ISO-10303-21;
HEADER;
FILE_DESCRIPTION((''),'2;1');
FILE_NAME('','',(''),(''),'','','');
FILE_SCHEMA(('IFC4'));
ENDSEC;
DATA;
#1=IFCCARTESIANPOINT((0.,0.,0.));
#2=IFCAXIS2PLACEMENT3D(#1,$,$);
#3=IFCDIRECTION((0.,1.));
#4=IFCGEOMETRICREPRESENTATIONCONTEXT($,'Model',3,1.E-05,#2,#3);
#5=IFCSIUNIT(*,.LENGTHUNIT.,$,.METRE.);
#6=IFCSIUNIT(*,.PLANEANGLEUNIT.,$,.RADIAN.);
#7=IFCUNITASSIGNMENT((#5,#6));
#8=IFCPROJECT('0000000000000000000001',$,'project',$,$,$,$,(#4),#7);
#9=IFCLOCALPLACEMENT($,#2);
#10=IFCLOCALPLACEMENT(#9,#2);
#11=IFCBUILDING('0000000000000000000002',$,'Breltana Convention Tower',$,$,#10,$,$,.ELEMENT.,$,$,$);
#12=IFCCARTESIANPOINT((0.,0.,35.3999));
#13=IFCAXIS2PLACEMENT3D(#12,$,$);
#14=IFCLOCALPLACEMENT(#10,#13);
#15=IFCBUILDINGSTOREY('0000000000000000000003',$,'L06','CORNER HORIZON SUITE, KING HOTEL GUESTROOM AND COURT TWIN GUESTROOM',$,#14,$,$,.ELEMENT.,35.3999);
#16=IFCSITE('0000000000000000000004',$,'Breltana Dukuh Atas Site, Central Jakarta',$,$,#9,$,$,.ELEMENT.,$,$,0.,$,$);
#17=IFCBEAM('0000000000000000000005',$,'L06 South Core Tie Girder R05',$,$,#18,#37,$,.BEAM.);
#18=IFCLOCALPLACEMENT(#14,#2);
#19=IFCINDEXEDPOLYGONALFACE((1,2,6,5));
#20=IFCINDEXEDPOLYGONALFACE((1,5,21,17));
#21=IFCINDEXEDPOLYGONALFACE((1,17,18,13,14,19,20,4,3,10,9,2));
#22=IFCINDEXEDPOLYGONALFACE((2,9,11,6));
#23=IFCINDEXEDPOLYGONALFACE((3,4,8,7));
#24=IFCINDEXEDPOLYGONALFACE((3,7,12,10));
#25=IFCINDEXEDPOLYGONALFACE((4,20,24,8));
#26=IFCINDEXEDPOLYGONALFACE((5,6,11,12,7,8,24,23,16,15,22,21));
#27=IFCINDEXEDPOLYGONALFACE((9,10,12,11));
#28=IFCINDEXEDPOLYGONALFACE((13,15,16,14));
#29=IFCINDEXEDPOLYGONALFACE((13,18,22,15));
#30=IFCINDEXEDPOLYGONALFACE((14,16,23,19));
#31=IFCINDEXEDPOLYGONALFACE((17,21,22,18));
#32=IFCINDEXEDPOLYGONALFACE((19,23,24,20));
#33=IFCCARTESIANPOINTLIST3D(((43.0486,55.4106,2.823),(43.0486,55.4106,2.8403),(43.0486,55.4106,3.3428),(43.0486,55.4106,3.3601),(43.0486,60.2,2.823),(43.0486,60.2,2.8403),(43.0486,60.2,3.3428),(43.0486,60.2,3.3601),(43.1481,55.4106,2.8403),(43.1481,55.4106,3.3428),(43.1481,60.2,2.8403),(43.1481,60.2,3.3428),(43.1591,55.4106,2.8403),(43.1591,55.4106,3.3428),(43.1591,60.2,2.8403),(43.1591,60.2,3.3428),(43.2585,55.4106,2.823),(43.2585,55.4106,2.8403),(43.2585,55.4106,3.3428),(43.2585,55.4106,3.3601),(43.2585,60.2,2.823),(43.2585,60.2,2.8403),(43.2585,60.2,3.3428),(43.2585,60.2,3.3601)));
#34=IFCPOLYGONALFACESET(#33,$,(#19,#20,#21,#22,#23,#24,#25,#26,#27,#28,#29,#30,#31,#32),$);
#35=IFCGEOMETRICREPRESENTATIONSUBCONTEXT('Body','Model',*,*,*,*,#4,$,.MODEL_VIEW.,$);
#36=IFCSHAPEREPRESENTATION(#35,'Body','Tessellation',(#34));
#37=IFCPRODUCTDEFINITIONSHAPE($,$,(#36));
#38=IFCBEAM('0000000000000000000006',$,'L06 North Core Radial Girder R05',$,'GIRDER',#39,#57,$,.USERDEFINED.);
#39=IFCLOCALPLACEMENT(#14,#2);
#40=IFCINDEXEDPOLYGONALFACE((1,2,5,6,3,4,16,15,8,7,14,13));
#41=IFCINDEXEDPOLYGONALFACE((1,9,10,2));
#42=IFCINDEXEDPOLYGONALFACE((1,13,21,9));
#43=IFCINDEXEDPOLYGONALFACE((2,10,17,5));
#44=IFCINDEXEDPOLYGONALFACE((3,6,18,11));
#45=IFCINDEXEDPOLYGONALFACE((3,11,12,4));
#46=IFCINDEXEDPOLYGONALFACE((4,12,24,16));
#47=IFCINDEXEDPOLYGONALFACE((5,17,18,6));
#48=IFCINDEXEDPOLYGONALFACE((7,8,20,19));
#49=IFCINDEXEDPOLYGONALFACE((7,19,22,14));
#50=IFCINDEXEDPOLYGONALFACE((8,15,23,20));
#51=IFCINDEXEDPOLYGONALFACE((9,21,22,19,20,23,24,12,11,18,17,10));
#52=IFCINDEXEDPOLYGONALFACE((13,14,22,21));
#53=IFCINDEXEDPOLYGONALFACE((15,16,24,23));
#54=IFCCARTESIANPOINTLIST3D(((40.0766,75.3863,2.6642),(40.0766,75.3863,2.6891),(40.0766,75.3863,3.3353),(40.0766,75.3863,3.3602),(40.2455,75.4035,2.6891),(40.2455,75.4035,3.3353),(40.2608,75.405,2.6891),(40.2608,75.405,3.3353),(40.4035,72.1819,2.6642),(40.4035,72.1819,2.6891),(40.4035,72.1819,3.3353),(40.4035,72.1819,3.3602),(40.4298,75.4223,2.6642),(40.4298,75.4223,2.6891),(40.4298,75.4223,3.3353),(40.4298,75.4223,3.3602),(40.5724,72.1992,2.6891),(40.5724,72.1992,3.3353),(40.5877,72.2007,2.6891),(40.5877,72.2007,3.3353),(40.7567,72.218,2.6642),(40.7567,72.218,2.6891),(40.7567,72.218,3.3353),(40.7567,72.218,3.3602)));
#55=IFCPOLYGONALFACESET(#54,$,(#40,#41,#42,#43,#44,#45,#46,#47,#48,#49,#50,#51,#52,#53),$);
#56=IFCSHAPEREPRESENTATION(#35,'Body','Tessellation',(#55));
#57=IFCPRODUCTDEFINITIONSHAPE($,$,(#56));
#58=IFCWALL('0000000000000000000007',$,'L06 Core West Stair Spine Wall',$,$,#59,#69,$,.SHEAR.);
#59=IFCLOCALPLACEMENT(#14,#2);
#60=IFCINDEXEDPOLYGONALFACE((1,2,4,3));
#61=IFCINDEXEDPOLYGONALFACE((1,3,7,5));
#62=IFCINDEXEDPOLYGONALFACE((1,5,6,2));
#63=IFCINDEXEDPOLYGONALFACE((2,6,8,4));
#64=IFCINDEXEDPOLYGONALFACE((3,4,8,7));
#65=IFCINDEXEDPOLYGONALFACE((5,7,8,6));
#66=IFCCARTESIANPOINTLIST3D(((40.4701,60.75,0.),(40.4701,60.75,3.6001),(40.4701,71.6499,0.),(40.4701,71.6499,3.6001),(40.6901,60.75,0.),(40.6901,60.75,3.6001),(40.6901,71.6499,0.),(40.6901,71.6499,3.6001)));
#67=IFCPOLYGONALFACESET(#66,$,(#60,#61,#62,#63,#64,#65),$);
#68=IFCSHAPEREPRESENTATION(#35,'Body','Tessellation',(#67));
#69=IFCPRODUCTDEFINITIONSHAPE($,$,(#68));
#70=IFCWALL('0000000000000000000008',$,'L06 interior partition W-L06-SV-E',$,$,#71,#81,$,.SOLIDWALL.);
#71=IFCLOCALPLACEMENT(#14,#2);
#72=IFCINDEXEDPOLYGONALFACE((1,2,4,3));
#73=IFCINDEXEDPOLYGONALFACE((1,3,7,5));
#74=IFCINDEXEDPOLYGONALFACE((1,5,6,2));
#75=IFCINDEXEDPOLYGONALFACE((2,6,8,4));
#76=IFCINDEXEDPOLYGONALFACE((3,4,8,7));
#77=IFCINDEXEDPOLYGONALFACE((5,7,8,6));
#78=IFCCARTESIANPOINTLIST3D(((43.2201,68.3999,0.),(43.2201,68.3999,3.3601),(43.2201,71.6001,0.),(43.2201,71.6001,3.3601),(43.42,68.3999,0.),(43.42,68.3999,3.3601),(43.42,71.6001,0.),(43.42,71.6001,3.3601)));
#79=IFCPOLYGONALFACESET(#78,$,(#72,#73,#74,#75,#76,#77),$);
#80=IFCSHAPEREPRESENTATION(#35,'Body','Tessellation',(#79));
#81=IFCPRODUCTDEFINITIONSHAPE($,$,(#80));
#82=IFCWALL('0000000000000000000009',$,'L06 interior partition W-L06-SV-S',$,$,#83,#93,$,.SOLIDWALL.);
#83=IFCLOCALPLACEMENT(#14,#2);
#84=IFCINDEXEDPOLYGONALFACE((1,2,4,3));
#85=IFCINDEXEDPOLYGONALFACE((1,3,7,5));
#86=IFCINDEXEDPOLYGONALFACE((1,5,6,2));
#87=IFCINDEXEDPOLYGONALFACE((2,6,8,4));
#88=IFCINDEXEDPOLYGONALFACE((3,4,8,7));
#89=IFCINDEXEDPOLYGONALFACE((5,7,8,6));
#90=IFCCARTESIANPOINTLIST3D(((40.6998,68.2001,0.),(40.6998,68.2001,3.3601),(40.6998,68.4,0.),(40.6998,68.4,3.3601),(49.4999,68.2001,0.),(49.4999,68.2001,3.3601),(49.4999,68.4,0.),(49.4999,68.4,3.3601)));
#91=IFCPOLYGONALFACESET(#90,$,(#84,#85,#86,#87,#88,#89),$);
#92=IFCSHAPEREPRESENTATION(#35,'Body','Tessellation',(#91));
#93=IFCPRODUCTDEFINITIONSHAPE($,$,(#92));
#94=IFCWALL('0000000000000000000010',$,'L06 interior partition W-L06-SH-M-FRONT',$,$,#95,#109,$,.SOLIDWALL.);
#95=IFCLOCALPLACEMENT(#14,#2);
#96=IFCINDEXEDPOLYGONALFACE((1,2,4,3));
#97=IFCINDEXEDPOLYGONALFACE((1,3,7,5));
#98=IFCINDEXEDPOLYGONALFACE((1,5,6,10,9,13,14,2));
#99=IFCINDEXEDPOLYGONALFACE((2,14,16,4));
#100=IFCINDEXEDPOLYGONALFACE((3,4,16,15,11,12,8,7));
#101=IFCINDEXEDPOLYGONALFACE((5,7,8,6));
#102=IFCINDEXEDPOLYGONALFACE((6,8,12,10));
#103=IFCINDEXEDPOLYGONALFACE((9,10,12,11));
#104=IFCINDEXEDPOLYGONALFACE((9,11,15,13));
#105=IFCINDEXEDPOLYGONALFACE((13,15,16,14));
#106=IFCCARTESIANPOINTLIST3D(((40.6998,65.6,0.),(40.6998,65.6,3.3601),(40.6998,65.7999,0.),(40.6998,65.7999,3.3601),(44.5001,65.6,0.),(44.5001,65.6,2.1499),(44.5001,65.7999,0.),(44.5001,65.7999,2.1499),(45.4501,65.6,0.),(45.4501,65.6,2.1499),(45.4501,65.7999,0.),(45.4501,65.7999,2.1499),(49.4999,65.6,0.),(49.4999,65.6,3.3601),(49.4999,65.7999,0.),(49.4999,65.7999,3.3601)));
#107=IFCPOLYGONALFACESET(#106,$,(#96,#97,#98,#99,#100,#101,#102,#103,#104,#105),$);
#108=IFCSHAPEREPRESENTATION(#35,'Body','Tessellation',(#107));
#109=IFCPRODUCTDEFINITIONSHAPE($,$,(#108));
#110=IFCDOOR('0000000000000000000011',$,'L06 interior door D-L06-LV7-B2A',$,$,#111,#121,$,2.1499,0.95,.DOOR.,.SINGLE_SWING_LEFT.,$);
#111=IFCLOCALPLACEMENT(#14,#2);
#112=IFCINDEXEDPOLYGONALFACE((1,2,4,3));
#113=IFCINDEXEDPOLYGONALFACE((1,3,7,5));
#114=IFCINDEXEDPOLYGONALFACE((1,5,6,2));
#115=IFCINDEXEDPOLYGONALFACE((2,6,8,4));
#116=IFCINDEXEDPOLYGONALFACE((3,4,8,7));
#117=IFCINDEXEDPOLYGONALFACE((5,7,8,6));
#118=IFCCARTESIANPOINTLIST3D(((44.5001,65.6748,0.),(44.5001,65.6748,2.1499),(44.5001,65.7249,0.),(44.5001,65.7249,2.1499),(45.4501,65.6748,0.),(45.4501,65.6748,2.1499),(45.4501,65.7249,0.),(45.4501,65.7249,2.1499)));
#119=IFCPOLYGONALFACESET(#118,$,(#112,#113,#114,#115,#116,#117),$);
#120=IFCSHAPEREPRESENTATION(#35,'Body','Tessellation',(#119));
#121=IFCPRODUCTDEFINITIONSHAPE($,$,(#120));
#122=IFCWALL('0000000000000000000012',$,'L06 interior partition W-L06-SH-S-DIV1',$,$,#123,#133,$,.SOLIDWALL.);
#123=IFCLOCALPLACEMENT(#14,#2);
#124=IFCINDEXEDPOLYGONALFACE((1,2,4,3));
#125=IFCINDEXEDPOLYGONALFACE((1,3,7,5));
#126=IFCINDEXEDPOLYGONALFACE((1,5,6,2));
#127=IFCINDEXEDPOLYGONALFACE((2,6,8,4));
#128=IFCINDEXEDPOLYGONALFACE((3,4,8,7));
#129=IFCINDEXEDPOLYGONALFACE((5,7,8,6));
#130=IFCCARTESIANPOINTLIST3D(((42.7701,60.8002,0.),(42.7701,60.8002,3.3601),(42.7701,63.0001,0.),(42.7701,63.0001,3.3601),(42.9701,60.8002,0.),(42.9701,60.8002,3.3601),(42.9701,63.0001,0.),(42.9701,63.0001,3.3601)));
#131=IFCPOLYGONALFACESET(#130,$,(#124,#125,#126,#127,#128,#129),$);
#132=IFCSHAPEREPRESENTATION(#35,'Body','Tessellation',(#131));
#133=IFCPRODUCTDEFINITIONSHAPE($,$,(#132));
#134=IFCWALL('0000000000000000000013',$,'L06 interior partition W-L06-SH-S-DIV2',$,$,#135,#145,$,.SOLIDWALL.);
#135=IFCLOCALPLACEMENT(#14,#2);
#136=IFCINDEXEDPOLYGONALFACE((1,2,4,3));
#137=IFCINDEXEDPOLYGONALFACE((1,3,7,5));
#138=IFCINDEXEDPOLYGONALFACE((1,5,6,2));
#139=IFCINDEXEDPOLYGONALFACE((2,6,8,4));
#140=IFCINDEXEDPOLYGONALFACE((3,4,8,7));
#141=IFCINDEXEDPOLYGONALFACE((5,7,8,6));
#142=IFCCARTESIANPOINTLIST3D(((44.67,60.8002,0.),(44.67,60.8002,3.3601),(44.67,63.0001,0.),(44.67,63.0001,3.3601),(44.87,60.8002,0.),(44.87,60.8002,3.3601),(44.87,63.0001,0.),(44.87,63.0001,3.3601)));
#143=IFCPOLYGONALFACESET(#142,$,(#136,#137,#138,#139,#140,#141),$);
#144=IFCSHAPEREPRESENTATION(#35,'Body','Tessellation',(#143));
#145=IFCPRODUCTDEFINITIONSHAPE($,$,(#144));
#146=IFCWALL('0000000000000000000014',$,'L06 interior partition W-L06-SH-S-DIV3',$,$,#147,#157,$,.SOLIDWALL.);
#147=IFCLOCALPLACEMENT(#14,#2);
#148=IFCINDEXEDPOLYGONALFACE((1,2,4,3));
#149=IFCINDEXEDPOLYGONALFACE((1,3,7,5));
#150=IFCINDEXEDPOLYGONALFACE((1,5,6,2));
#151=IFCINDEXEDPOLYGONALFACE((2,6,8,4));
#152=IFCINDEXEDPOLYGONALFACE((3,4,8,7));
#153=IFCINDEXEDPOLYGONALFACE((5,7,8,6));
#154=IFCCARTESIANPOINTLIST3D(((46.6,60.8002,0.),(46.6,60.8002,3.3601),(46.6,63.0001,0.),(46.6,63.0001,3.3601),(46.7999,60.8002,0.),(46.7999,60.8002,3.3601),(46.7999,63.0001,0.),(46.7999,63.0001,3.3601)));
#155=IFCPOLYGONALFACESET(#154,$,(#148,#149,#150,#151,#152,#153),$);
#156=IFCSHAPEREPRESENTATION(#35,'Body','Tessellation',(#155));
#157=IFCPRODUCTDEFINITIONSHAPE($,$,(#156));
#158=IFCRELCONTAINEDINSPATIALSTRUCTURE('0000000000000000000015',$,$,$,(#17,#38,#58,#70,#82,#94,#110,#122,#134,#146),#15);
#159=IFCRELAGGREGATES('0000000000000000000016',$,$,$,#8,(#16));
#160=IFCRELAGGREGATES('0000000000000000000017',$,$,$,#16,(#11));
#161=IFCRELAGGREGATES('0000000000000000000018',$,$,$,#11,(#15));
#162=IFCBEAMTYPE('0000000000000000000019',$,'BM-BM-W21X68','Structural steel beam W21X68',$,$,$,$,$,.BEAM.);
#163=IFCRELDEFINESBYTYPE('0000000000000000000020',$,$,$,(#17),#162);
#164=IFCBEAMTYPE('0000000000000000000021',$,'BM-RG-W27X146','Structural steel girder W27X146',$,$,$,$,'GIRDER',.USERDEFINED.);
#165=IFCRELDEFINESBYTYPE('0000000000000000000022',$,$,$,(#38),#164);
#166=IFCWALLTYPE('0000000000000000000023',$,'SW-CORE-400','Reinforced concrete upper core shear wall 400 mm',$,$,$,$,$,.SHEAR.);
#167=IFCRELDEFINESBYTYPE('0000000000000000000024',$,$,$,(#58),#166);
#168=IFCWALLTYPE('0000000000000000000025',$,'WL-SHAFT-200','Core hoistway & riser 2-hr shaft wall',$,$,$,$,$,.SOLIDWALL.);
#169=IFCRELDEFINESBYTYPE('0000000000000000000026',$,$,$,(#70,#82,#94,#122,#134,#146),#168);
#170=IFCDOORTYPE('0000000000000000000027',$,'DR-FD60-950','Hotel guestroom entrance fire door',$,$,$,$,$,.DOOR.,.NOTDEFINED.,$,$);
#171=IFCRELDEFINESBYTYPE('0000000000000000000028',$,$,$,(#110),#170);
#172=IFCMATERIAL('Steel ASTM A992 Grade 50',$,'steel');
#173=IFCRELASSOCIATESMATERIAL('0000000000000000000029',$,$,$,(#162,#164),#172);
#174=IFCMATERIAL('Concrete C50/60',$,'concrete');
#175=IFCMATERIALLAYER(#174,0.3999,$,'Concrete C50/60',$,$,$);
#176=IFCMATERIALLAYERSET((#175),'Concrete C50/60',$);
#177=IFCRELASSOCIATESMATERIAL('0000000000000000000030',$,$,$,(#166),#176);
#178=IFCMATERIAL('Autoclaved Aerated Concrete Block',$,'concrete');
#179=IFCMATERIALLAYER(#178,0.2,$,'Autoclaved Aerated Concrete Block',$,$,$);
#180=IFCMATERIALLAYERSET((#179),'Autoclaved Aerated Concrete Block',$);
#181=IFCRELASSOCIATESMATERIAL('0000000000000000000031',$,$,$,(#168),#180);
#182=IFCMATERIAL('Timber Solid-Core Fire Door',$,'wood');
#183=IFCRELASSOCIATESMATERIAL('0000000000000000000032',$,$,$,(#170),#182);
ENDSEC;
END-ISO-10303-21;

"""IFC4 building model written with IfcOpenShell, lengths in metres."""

from ifc_helpers import new_model, si_unit, direction, frame, frame_2d, origin, origin_2d, place, context, subcontext, project, spatial, rectangle, i_section, extrude, source, transform, mapped, material, layer, layer_set, material_profile, profile_set, type_object, type_shapes, element, fill, save


model = new_model("IFC4")

# Units and contexts
model_context = context("Model", 3, precision=1e-05, world=origin(), true_north=direction((0.0, 1.0)))
body_context = subcontext(model_context, "Body", "Model", "MODEL_VIEW")
ifc_project = project(units=[si_unit("LENGTHUNIT", "METRE"), si_unit("PLANEANGLEUNIT", "RADIAN")], contexts=[model_context])

# Site, building, storey
site_placement = place(None, origin())
site = spatial("IfcSite", under=ifc_project, at=site_placement, Name="Breltana Dukuh Atas Site, Central Jakarta", CompositionType="ELEMENT", RefElevation=0.0)
building_placement = place(site_placement, origin())
building = spatial("IfcBuilding", under=site, at=building_placement, Name="Breltana Convention Tower", CompositionType="ELEMENT")
storey_placement = place(building_placement, frame((0.0, 0.0, 35.3999)))
storey = spatial("IfcBuildingStorey", under=building, at=storey_placement, Name="L06", Description="CORNER HORIZON SUITE, KING HOTEL GUESTROOM AND COURT TWIN GUESTROOM", CompositionType="ELEMENT", Elevation=35.3999)

# Beams
ifc_material_1 = material(Name="Steel ASTM A992 Grade 50", Category="steel")
ifc_material_profile_1 = material_profile(ifc_material_1, i_section(OverallWidth=0.21, OverallDepth=0.5371, WebThickness=0.011, FlangeThickness=0.0173, at=origin_2d()), Name="W21X68")
ifc_profile_set_1 = profile_set([ifc_material_profile_1], Name="Steel ASTM A992 Grade 50")
beam_type_1 = type_object("IfcBeamType", Name="BM-BM-W21X68", Description="Structural steel beam W21X68", PredefinedType="BEAM", material=ifc_profile_set_1)
shared_shape_1 = source(origin(), body_context, "Body", "SweptSolid", [
    extrude(i_section(OverallWidth=0.21, OverallDepth=0.5371, WebThickness=0.011, FlangeThickness=0.0173, at=origin_2d()), origin(), (0.0, 0.0, 1.0), 4.7893),
])
beam_1_placement = place(storey_placement, frame((43.1536, 60.2, 3.0916), z_axis=(0.0, -1.0, 0.0), x_axis=(1.0, 0.0, 0.0)))
element("IfcBeam", 1, at=beam_1_placement, inside=storey, type_object=beam_type_1, Name="L06 South Core Tie Girder R05", PredefinedType="BEAM", context=body_context, shape_type="MappedRepresentation", body=[
    mapped(shared_shape_1, transform((0.0, 0.0, 0.0), scale=1.0)),
])
ifc_material_profile_2 = material_profile(ifc_material_1, i_section(OverallWidth=0.355, OverallDepth=0.696, WebThickness=0.0154, FlangeThickness=0.0249, at=origin_2d()), Name="W27X146")
ifc_profile_set_2 = profile_set([ifc_material_profile_2], Name="Steel ASTM A992 Grade 50")
beam_type_2 = type_object("IfcBeamType", Name="BM-RG-W27X146", Description="Structural steel girder W27X146", ElementType="GIRDER", PredefinedType="USERDEFINED", material=ifc_profile_set_2)
shared_shape_2 = source(origin(), body_context, "Body", "SweptSolid", [
    extrude(i_section(OverallWidth=0.355, OverallDepth=0.696, WebThickness=0.0154, FlangeThickness=0.0249, at=origin_2d()), origin(), (0.0, 0.0, 1.0), 3.2209),
])
beam_2_placement = place(storey_placement, frame((40.5801, 72.2, 3.0122), z_axis=(-0.101492, 0.994836, 0.0), x_axis=(-0.994836, -0.101492, 0.0)))
element("IfcBeam", 2, at=beam_2_placement, inside=storey, type_object=beam_type_2, Name="L06 North Core Radial Girder R05", ObjectType="GIRDER", PredefinedType="USERDEFINED", context=body_context, shape_type="MappedRepresentation", body=[
    mapped(shared_shape_2, transform((0.0, 0.0, 0.0), scale=1.0)),
])

# Walls
ifc_material_2 = material(Name="Concrete C50/60", Category="concrete")
ifc_layer_1 = layer(ifc_material_2, 0.3999, Name="Concrete C50/60")
ifc_layer_set_1 = layer_set([ifc_layer_1], Name="Concrete C50/60")
wall_type_1 = type_object("IfcWallType", Name="SW-CORE-400", Description="Reinforced concrete upper core shear wall 400 mm", PredefinedType="SHEAR", material=ifc_layer_set_1)
shared_shape_3 = source(origin(), body_context, "Body", "SweptSolid", [
    extrude(rectangle(XDim=10.8999, YDim=0.22, at=frame_2d((5.45, 0.0))), origin(), (0.0, 0.0, 1.0), 3.6001),
])
wall_1_placement = place(storey_placement, frame((40.5801, 60.75, 0.0), z_axis=(0.0, 0.0, 1.0), x_axis=(0.0, 1.0, 0.0)))
element("IfcWall", 3, at=wall_1_placement, inside=storey, type_object=wall_type_1, Name="L06 Core West Stair Spine Wall", PredefinedType="SHEAR", context=body_context, shape_type="MappedRepresentation", body=[
    mapped(shared_shape_3, transform((0.0, 0.0, 0.0), scale=1.0)),
])
ifc_material_3 = material(Name="Autoclaved Aerated Concrete Block", Category="concrete")
ifc_layer_2 = layer(ifc_material_3, 0.2, Name="Autoclaved Aerated Concrete Block")
ifc_layer_set_2 = layer_set([ifc_layer_2], Name="Autoclaved Aerated Concrete Block")
wall_type_2 = type_object("IfcWallType", Name="WL-SHAFT-200", Description="Core hoistway & riser 2-hr shaft wall", PredefinedType="SOLIDWALL", material=ifc_layer_set_2)
shared_shape_4 = source(origin(), body_context, "Body", "SweptSolid", [
    extrude(rectangle(XDim=3.2002, YDim=0.2, at=frame_2d((1.6001, 0.0))), origin(), (0.0, 0.0, 1.0), 3.3601),
])
wall_2_placement = place(storey_placement, frame((43.3201, 68.3999, 0.0), z_axis=(0.0, 0.0, 1.0), x_axis=(0.0, 1.0, 0.0)))
element("IfcWall", 4, at=wall_2_placement, inside=storey, type_object=wall_type_2, Name="L06 interior partition W-L06-SV-E", PredefinedType="SOLIDWALL", context=body_context, shape_type="MappedRepresentation", body=[
    mapped(shared_shape_4, transform((0.0, 0.0, 0.0), scale=1.0)),
])
shared_shape_5 = source(origin(), body_context, "Body", "SweptSolid", [
    extrude(rectangle(XDim=8.8, YDim=0.2, at=frame_2d((4.3999, 0.0))), origin(), (0.0, 0.0, 1.0), 3.3601),
])
wall_3_placement = place(storey_placement, frame((40.7, 68.3, 0.0), z_axis=(0.0, 0.0, 1.0), x_axis=(1.0, 0.0, 0.0)))
element("IfcWall", 5, at=wall_3_placement, inside=storey, type_object=wall_type_2, Name="L06 interior partition W-L06-SV-S", PredefinedType="SOLIDWALL", context=body_context, shape_type="MappedRepresentation", body=[
    mapped(shared_shape_5, transform((0.0, 0.0, 0.0), scale=1.0)),
])

# Wall, opening, door
wall_4_placement = place(storey_placement, frame((40.7, 65.7, 0.0), z_axis=(0.0, 0.0, 1.0), x_axis=(1.0, 0.0, 0.0)))
wall_4 = element("IfcWall", 6, at=wall_4_placement, inside=storey, type_object=wall_type_2, Name="L06 interior partition W-L06-SH-M-FRONT", PredefinedType="SOLIDWALL", context=body_context, shape_type="MappedRepresentation", body=[
    mapped(shared_shape_5, transform((0.0, 0.0, 0.0), scale=1.0)),
])
opening_1_placement = place(wall_4_placement, frame((3.8, 0.0, 0.0)))
opening_1 = element("IfcOpeningElement", 7, at=opening_1_placement, cuts=wall_4, PredefinedType="OPENING", context=body_context, shape_type="SweptSolid", body=[
    extrude(rectangle(XDim=0.95, YDim=2.1499, at=frame_2d((0.4751, 1.075))), frame((0.0, 0.1099, 0.0), z_axis=(0.0, -1.0, 0.0), x_axis=(1.0, 0.0, 0.0)), (0.0, 0.0, 1.0), 0.22),
])
ifc_material_4 = material(Name="Timber Solid-Core Fire Door", Category="wood")
door_type_1 = type_object("IfcDoorType", Name="DR-FD60-950", Description="Hotel guestroom entrance fire door", OperationType="NOTDEFINED", PredefinedType="DOOR", material=ifc_material_4)
shared_shape_6 = source(origin(), body_context, "Body", "SweptSolid", [
    extrude(rectangle(XDim=0.95, YDim=2.1499, at=frame_2d((0.4751, 1.075))), frame((0.0, 0.0249, 0.0), z_axis=(0.0, -1.0, 0.0), x_axis=(1.0, 0.0, 0.0)), (0.0, 0.0, 1.0), 0.05),
])
type_shapes(door_type_1, [shared_shape_6])
door_1_placement = place(opening_1_placement, origin())
door_1 = element("IfcDoor", 8, at=door_1_placement, inside=storey, type_object=door_type_1, Name="L06 interior door D-L06-LV7-B2A", OperationType="SINGLE_SWING_LEFT", OverallHeight=2.1499, OverallWidth=0.95, PredefinedType="DOOR", context=body_context, shape_type="MappedRepresentation", body=[
    mapped(shared_shape_6, transform((0.0, 0.0, 0.0), scale=1.0)),
])
fill(opening_1, door_1)

# Walls
shared_shape_7 = source(origin(), body_context, "Body", "SweptSolid", [
    extrude(rectangle(XDim=2.2, YDim=0.2, at=frame_2d((1.1001, 0.0))), origin(), (0.0, 0.0, 1.0), 3.3601),
])
for number, where, z_axis, x_axis, name in (
    (9, (42.8701, 60.8, 0.0), (0.0, 0.0, 1.0), (0.0, 1.0, 0.0), "L06 interior partition W-L06-SH-S-DIV1"),
    (10, (44.77, 60.8, 0.0), (0.0, 0.0, 1.0), (0.0, 1.0, 0.0), "L06 interior partition W-L06-SH-S-DIV2"),
    (11, (46.7, 60.8, 0.0), (0.0, 0.0, 1.0), (0.0, 1.0, 0.0), "L06 interior partition W-L06-SH-S-DIV3"),
):
    element("IfcWall", number, at=place(storey_placement, frame(where, z_axis=z_axis, x_axis=x_axis)), inside=storey, type_object=wall_type_2, Name=name, PredefinedType="SOLIDWALL", context=body_context, shape_type="MappedRepresentation", body=[
        mapped(shared_shape_7, transform((0.0, 0.0, 0.0), scale=1.0)),
    ])

save(model, "model.ifc")
